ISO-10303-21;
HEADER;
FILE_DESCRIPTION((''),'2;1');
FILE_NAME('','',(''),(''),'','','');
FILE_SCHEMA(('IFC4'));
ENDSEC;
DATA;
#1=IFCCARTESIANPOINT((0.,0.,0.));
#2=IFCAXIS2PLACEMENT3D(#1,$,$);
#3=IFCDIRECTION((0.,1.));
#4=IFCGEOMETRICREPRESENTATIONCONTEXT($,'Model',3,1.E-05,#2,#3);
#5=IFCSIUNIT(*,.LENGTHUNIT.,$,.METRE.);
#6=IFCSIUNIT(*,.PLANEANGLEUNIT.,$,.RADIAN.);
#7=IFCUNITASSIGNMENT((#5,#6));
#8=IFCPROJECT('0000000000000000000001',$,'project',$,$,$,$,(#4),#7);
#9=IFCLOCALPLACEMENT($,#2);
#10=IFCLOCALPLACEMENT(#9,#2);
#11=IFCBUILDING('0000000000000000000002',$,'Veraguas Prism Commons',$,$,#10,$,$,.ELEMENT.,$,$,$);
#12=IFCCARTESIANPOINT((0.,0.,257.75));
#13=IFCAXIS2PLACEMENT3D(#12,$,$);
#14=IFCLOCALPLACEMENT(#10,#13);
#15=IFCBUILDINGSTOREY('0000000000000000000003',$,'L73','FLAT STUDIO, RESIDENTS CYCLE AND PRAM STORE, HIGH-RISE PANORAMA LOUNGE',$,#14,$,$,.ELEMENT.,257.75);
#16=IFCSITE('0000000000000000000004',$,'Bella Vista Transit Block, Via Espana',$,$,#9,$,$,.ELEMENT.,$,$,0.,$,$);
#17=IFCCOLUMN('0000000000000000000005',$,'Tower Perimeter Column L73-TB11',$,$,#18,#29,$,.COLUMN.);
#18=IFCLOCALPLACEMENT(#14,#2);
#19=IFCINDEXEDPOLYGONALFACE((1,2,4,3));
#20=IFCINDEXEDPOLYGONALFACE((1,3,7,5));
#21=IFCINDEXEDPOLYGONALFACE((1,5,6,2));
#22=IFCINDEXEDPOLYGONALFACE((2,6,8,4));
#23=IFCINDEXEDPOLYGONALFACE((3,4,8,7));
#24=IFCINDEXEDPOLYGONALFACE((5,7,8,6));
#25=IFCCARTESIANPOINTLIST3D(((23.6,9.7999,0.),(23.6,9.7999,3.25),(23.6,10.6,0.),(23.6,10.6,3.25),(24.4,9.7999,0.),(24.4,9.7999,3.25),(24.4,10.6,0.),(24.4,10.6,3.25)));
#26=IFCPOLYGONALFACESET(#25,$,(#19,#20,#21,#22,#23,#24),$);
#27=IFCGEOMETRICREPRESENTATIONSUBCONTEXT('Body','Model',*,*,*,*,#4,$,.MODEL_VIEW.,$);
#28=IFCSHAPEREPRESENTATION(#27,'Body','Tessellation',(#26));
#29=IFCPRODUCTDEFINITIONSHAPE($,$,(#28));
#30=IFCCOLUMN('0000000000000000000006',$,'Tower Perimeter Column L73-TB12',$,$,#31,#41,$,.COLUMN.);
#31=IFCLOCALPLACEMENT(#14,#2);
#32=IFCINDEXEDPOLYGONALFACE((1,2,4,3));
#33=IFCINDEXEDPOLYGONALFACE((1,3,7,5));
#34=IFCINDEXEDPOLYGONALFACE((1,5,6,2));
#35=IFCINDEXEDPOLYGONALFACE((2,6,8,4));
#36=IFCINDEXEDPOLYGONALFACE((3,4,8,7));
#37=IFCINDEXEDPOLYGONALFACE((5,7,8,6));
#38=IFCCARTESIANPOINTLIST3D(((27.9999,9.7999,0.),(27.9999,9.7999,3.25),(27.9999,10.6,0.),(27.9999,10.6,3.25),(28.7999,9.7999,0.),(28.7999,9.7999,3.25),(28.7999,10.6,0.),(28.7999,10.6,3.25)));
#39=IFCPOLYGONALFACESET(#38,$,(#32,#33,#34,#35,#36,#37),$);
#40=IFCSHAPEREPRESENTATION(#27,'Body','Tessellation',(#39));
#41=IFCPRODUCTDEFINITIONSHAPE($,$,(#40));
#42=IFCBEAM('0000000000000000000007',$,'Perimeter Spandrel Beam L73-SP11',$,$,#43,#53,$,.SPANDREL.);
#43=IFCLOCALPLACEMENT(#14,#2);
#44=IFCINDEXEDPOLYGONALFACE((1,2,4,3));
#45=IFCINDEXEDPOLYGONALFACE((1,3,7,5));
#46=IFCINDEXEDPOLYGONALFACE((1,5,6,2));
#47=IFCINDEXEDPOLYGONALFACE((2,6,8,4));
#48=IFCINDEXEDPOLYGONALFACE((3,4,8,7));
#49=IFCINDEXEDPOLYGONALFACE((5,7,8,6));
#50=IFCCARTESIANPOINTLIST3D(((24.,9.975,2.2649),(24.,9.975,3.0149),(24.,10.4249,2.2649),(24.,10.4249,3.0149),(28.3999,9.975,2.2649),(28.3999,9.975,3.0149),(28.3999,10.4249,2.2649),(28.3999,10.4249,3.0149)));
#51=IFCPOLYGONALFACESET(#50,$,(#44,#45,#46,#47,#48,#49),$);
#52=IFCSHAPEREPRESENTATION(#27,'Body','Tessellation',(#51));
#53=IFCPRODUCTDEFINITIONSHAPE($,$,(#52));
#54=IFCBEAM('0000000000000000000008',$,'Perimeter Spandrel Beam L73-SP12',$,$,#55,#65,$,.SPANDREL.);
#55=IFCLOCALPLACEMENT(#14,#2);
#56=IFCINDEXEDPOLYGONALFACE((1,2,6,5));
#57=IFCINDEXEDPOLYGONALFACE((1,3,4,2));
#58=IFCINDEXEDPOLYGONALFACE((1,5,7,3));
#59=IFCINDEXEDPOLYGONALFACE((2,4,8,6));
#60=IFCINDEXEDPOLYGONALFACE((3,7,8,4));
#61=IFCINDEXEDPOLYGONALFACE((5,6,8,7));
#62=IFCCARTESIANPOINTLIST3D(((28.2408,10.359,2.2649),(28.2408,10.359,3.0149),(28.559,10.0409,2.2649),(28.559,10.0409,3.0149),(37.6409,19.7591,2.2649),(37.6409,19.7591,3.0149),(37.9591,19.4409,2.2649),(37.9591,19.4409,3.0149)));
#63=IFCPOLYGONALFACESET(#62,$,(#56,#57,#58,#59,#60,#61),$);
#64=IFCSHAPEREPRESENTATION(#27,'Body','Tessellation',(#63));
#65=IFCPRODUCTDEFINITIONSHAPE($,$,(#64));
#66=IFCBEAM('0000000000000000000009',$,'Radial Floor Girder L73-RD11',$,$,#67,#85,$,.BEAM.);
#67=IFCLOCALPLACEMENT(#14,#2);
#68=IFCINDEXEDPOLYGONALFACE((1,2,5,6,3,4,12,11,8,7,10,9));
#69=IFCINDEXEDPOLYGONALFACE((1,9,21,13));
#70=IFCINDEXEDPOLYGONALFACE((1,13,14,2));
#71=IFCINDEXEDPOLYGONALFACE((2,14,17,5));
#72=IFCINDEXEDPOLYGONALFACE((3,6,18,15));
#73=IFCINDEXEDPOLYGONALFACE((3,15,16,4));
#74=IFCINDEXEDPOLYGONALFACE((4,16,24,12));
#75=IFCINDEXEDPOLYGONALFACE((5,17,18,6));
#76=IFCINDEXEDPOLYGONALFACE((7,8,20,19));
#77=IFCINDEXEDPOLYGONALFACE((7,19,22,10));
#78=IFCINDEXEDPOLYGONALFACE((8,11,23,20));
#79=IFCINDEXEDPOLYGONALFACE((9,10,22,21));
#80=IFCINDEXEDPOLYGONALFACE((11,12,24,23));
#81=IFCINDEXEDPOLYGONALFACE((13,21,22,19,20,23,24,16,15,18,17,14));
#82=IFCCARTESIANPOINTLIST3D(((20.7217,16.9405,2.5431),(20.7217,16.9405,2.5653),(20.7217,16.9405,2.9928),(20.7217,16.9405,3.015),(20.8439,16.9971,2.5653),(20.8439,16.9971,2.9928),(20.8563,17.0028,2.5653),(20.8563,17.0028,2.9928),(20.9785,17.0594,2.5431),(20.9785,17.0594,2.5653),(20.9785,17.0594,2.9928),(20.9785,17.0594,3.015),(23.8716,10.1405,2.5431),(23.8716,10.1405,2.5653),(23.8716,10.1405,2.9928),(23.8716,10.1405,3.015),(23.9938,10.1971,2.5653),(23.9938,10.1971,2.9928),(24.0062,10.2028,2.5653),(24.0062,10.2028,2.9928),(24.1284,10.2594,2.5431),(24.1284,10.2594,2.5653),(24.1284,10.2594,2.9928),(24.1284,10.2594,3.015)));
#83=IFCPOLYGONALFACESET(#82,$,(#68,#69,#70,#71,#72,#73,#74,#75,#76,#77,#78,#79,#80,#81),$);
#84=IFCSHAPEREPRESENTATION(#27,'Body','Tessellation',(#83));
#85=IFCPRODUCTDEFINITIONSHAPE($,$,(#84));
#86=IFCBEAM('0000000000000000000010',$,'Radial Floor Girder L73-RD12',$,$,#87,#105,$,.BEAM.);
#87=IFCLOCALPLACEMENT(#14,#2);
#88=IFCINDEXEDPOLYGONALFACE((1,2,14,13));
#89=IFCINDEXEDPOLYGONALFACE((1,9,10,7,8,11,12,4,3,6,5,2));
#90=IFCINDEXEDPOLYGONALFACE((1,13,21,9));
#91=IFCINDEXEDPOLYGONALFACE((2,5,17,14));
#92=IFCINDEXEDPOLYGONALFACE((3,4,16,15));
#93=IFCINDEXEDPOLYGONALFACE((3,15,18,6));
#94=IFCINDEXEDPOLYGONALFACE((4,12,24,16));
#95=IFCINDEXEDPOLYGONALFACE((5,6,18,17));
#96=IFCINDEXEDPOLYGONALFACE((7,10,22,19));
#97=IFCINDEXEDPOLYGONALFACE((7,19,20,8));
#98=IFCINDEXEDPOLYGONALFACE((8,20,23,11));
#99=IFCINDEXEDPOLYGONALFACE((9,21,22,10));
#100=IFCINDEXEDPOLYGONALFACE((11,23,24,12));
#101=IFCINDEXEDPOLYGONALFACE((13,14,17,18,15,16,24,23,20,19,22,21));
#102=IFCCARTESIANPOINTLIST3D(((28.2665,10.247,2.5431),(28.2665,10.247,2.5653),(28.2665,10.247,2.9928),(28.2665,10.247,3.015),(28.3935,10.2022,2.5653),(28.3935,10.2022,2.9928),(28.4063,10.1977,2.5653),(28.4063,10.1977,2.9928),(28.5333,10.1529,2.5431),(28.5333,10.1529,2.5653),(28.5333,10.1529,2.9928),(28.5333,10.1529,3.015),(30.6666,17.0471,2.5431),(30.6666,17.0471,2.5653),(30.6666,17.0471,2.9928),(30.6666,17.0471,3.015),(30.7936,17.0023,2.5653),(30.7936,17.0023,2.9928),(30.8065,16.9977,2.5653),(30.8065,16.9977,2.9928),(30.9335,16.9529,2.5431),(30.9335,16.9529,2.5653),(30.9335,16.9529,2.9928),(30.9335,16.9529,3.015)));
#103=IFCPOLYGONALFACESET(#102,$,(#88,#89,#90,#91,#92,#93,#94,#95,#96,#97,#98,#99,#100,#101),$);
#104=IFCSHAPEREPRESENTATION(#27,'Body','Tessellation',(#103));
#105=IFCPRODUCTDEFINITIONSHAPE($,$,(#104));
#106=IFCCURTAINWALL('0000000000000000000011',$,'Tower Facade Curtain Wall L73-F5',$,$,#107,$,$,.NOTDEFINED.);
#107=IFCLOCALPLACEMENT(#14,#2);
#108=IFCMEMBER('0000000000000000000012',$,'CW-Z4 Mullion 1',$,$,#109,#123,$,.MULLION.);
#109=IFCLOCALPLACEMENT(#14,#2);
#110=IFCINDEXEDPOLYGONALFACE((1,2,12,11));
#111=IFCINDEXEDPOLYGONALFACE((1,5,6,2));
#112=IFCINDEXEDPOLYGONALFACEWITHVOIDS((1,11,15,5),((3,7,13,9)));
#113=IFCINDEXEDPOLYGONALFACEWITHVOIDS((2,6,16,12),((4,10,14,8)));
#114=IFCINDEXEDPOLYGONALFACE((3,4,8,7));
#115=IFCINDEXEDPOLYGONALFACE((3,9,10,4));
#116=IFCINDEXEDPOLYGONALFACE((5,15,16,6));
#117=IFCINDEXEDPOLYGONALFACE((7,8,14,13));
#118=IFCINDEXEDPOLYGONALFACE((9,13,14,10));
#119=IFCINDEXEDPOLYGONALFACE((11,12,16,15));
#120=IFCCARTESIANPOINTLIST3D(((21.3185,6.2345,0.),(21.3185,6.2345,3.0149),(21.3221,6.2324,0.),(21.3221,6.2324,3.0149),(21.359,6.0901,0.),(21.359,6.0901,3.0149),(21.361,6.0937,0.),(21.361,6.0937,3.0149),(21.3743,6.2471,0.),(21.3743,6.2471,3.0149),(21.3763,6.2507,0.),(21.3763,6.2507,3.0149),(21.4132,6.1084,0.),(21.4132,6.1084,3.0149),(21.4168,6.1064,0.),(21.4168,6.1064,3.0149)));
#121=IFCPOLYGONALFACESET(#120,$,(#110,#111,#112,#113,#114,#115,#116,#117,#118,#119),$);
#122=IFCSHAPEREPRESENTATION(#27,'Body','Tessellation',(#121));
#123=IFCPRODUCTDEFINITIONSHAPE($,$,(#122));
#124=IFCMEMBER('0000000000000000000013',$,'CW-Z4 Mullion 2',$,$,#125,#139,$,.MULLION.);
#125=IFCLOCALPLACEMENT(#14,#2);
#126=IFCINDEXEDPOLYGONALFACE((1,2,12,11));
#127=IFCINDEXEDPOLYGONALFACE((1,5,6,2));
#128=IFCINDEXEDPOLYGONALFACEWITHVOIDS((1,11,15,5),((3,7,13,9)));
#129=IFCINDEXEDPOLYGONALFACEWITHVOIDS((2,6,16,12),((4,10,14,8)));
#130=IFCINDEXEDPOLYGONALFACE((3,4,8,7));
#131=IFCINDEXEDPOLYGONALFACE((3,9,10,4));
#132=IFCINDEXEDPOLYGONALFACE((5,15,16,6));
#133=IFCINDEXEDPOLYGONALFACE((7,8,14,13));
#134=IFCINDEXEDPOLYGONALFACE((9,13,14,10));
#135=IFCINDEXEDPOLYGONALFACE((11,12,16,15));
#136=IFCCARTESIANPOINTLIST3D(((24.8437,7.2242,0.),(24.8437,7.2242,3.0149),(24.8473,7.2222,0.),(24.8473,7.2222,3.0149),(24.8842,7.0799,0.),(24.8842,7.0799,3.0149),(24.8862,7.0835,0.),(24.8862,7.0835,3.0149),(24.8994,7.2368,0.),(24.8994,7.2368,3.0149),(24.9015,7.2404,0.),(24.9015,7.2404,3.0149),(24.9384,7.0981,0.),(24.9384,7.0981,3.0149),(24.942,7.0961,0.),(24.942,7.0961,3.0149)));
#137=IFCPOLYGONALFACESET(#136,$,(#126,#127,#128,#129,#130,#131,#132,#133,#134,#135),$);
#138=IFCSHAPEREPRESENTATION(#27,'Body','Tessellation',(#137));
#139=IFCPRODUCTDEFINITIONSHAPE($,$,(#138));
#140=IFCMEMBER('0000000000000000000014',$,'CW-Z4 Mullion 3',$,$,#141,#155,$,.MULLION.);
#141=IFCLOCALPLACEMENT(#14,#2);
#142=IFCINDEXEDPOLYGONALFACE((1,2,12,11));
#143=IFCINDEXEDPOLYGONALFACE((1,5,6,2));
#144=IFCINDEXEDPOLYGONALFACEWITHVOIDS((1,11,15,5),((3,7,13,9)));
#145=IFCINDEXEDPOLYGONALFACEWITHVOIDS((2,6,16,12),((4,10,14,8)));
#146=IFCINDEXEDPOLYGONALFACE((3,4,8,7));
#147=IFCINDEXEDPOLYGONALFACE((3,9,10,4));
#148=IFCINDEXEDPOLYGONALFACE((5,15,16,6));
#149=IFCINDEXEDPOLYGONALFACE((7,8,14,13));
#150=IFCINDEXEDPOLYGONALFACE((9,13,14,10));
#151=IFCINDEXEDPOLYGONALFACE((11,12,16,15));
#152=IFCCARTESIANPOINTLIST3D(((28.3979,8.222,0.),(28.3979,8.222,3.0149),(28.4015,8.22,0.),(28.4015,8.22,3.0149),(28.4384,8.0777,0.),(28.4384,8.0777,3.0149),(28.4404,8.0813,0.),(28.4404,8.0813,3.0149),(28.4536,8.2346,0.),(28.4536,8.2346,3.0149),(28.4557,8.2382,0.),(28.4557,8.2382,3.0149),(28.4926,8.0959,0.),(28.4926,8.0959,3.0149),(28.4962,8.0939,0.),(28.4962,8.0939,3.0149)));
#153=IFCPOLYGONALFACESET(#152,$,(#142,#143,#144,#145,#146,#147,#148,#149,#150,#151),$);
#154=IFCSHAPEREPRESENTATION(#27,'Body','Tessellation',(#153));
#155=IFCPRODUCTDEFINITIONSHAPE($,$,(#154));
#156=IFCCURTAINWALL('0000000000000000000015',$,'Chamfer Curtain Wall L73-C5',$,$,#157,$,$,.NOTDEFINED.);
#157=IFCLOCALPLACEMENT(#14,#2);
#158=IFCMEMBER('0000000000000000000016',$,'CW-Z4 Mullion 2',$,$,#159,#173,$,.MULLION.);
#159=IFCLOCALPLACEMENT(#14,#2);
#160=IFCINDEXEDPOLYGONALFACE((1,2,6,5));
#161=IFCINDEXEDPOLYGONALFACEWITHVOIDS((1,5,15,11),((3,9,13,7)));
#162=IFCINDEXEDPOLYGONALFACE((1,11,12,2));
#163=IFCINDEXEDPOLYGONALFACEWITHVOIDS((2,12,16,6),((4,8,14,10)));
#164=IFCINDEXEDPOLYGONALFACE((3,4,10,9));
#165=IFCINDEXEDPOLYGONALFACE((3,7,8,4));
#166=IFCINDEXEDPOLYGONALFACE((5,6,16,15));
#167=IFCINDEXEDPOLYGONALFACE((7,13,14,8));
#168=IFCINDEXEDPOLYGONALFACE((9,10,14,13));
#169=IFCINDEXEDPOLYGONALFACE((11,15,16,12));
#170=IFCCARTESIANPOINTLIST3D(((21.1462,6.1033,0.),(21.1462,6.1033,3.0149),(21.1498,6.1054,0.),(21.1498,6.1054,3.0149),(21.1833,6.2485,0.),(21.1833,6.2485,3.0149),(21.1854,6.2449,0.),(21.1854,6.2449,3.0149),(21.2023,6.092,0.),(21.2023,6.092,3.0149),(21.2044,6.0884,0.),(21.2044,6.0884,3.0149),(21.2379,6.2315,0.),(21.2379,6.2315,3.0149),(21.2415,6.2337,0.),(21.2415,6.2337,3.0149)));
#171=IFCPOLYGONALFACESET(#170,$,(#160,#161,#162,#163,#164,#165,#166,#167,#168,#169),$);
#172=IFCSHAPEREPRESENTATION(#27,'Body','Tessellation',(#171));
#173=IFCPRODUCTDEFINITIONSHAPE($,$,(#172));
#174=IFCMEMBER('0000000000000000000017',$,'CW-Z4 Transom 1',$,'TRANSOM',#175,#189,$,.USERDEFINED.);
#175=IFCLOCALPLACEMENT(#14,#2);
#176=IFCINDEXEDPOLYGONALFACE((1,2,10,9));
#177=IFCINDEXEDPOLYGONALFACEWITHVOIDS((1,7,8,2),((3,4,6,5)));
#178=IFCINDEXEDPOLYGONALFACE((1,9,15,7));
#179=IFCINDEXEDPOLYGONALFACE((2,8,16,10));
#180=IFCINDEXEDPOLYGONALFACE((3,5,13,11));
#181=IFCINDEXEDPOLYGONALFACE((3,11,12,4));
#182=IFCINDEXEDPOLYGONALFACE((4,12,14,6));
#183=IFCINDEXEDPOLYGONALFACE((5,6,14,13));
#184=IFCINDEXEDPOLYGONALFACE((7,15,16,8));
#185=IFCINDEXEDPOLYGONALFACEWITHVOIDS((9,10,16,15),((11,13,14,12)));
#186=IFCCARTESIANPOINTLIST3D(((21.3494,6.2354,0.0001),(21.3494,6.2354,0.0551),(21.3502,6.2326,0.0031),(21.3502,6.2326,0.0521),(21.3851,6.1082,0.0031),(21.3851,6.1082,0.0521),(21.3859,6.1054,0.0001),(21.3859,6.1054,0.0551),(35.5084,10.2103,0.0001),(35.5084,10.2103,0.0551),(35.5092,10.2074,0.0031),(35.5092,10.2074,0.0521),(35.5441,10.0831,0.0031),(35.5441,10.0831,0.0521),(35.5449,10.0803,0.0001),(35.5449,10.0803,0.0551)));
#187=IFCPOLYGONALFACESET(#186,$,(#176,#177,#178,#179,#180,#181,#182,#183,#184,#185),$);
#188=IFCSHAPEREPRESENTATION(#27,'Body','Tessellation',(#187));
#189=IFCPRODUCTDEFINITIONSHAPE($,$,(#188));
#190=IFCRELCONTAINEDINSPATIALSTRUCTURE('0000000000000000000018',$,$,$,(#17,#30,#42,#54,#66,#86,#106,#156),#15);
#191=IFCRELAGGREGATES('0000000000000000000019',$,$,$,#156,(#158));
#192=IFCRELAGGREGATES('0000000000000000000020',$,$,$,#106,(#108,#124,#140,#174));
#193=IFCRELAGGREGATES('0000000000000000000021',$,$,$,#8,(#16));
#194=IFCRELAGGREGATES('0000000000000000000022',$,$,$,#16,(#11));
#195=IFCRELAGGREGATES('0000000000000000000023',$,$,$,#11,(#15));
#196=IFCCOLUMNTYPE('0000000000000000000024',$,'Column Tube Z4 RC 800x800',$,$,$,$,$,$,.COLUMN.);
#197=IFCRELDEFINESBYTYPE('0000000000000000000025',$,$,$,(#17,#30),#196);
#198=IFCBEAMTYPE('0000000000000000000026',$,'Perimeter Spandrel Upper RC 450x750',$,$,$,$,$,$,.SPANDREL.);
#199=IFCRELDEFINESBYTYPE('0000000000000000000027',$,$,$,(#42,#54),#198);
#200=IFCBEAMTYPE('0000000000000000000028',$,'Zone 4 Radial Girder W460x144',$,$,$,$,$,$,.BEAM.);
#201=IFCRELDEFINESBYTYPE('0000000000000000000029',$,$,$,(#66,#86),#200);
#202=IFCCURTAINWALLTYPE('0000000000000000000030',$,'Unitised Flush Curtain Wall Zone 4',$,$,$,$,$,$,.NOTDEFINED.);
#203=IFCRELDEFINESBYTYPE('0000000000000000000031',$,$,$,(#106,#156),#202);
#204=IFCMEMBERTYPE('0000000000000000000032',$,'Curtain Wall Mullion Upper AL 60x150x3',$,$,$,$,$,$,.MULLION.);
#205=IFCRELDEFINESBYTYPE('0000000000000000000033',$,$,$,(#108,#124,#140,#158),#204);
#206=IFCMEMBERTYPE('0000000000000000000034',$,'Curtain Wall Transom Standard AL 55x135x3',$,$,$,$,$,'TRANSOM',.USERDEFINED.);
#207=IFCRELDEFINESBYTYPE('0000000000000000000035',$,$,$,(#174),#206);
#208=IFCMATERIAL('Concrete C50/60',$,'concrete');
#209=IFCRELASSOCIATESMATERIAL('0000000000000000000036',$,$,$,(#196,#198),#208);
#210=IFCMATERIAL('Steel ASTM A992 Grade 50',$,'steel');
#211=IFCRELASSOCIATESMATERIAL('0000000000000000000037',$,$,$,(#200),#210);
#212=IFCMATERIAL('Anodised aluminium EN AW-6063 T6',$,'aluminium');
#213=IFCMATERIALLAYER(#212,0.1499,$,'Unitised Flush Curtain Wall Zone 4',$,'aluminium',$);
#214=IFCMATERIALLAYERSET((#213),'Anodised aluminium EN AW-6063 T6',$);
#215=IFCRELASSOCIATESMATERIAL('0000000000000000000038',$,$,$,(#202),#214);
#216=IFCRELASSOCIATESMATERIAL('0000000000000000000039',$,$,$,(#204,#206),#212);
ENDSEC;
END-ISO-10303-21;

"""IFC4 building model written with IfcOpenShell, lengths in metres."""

from ifc_helpers import new_model, si_unit, direction, frame, origin, origin_2d, place, context, subcontext, project, spatial, rectangle, hollow_rectangle, i_section, extrude, source, transform, mapped, material, layer, layer_set, material_profile, profile_set, type_object, element, aggregate, save


model = new_model("IFC4")

# Units and contexts
model_context = context("Model", 3, precision=1e-05, world=origin(), true_north=direction((0.0, 1.0)))
body_context = subcontext(model_context, "Body", "Model", "MODEL_VIEW")
ifc_project = project(units=[si_unit("LENGTHUNIT", "METRE"), si_unit("PLANEANGLEUNIT", "RADIAN")], contexts=[model_context])

# Site, building, storey
site_placement = place(None, origin())
site = spatial("IfcSite", under=ifc_project, at=site_placement, Name="Bella Vista Transit Block, Via Espana", CompositionType="ELEMENT", RefElevation=0.0)
building_placement = place(site_placement, origin())
building = spatial("IfcBuilding", under=site, at=building_placement, Name="Veraguas Prism Commons", CompositionType="ELEMENT")
storey_placement = place(building_placement, frame((0.0, 0.0, 257.75)))
storey = spatial("IfcBuildingStorey", under=building, at=storey_placement, Name="L73", Description="FLAT STUDIO, RESIDENTS CYCLE AND PRAM STORE, HIGH-RISE PANORAMA LOUNGE", CompositionType="ELEMENT", Elevation=257.75)

# Columns
ifc_material_1 = material(Name="Concrete C50/60", Category="concrete")
ifc_material_profile_1 = material_profile(ifc_material_1, rectangle(XDim=0.8, YDim=0.8, at=origin_2d()), Name="RC800X800")
ifc_profile_set_1 = profile_set([ifc_material_profile_1], Name="Concrete C50/60")
column_type = type_object("IfcColumnType", Name="Column Tube Z4 RC 800x800", PredefinedType="COLUMN", material=ifc_profile_set_1)
for number, where, z_axis, x_axis, name in (
    (1, (24.0, 10.2, 0.0), (0.0, 0.0, 1.0), (1.0, 0.0, 0.0), "Tower Perimeter Column L73-TB11"),
    (2, (28.3999, 10.2, 0.0), (0.0, 0.0, 1.0), (1.0, 0.0, 0.0), "Tower Perimeter Column L73-TB12"),
):
    element("IfcColumn", number, at=place(storey_placement, frame(where, z_axis=z_axis, x_axis=x_axis)), inside=storey, type_object=column_type, Name=name, PredefinedType="COLUMN", context=body_context, shape_type="SweptSolid", body=[
        extrude(rectangle(XDim=0.8, YDim=0.8, at=origin_2d()), origin(), (0.0, 0.0, 1.0), 3.25),
    ])

# Beams
ifc_material_profile_2 = material_profile(ifc_material_1, rectangle(XDim=0.45, YDim=0.75, at=origin_2d()), Name="RC450X750")
ifc_profile_set_2 = profile_set([ifc_material_profile_2], Name="Concrete C50/60")
beam_type_1 = type_object("IfcBeamType", Name="Perimeter Spandrel Upper RC 450x750", PredefinedType="SPANDREL", material=ifc_profile_set_2)
beam_1_placement = place(storey_placement, frame((24.0, 10.2, 2.6399), z_axis=(1.0, 0.0, 0.0), x_axis=(0.0, 1.0, 0.0)))
element("IfcBeam", 3, at=beam_1_placement, inside=storey, type_object=beam_type_1, Name="Perimeter Spandrel Beam L73-SP11", PredefinedType="SPANDREL", context=body_context, shape_type="SweptSolid", body=[
    extrude(rectangle(XDim=0.45, YDim=0.75, at=origin_2d()), origin(), (0.0, 0.0, 1.0), 4.3999),
])
beam_2_placement = place(storey_placement, frame((28.3999, 10.2, 2.6399), z_axis=(0.707107, 0.707107, 0.0), x_axis=(-0.707107, 0.707107, 0.0)))
element("IfcBeam", 4, at=beam_2_placement, inside=storey, type_object=beam_type_1, Name="Perimeter Spandrel Beam L73-SP12", PredefinedType="SPANDREL", context=body_context, shape_type="SweptSolid", body=[
    extrude(rectangle(XDim=0.45, YDim=0.75, at=origin_2d()), origin(), (0.0, 0.0, 1.0), 13.2937),
])
ifc_material_2 = material(Name="Steel ASTM A992 Grade 50", Category="steel")
ifc_material_profile_3 = material_profile(ifc_material_2, i_section(OverallWidth=0.283, OverallDepth=0.4719, WebThickness=0.0137, FlangeThickness=0.0222, at=origin_2d()), Name="W460X144")
ifc_profile_set_3 = profile_set([ifc_material_profile_3], Name="Steel ASTM A992 Grade 50")
beam_type_2 = type_object("IfcBeamType", Name="Zone 4 Radial Girder W460x144", PredefinedType="BEAM", material=ifc_profile_set_3)
beam_3_placement = place(storey_placement, frame((24.0, 10.2, 2.7791), z_axis=(-0.420314, 0.907379, 0.0), x_axis=(-0.907379, -0.420314, 0.0)))
element("IfcBeam", 5, at=beam_3_placement, inside=storey, type_object=beam_type_2, Name="Radial Floor Girder L73-RD11", PredefinedType="BEAM", context=body_context, shape_type="SweptSolid", body=[
    extrude(i_section(OverallWidth=0.283, OverallDepth=0.4719, WebThickness=0.0137, FlangeThickness=0.0222, at=origin_2d()), origin(), (0.0, 0.0, 1.0), 7.4941),
])
beam_4_placement = place(storey_placement, frame((28.3999, 10.2, 2.7791), z_axis=(0.332836, 0.942985, 0.0), x_axis=(-0.942985, 0.332836, 0.0)))
element("IfcBeam", 6, at=beam_4_placement, inside=storey, type_object=beam_type_2, Name="Radial Floor Girder L73-RD12", PredefinedType="BEAM", context=body_context, shape_type="SweptSolid", body=[
    extrude(i_section(OverallWidth=0.283, OverallDepth=0.4719, WebThickness=0.0137, FlangeThickness=0.0222, at=origin_2d()), origin(), (0.0, 0.0, 1.0), 7.2112),
])

# Curtain wall, members
ifc_material_3 = material(Name="Anodised aluminium EN AW-6063 T6", Category="aluminium")
ifc_layer_1 = layer(ifc_material_3, 0.1499, Name="Unitised Flush Curtain Wall Zone 4", Category="aluminium")
ifc_layer_set_1 = layer_set([ifc_layer_1], Name="Anodised aluminium EN AW-6063 T6")
curtain_wall_type = type_object("IfcCurtainWallType", Name="Unitised Flush Curtain Wall Zone 4", PredefinedType="NOTDEFINED", material=ifc_layer_set_1)
curtain_wall_1_placement = place(storey_placement, origin())
curtain_wall_1 = element("IfcCurtainWall", 7, at=curtain_wall_1_placement, inside=storey, type_object=curtain_wall_type, Name="Tower Facade Curtain Wall L73-F5", PredefinedType="NOTDEFINED")
ifc_material_profile_4 = material_profile(ifc_material_3, hollow_rectangle(XDim=0.0601, YDim=0.1499, WallThickness=0.0029, at=origin_2d()), Name="AL60X150X3")
ifc_profile_set_4 = profile_set([ifc_material_profile_4], Name="Anodised aluminium EN AW-6063 T6")
member_type_1 = type_object("IfcMemberType", Name="Curtain Wall Mullion Upper AL 60x150x3", PredefinedType="MULLION", material=ifc_profile_set_4)
shared_shape_1 = source(origin(), body_context, "Body", "SweptSolid", [
    extrude(hollow_rectangle(XDim=0.0601, YDim=0.1499, WallThickness=0.0029, at=origin_2d()), origin(), (0.0, 0.0, 1.0), 3.0149),
])
member_1_placement = place(storey_placement, frame((21.3677, 6.1704, 0.0), z_axis=(0.0, 0.0, 1.0), x_axis=(0.962785, 0.270269, 0.0)))
member_1 = element("IfcMember", 8, at=member_1_placement, type_object=member_type_1, Name="CW-Z4 Mullion 1", PredefinedType="MULLION", context=body_context, shape_type="MappedRepresentation", body=[
    mapped(shared_shape_1, transform((0.0, 0.0, 0.0), scale=1.0)),
])
member_2_placement = place(storey_placement, frame((24.8928, 7.1602, 0.0), z_axis=(0.0, 0.0, 1.0), x_axis=(0.962785, 0.270269, 0.0)))
member_2 = element("IfcMember", 9, at=member_2_placement, type_object=member_type_1, Name="CW-Z4 Mullion 2", PredefinedType="MULLION", context=body_context, shape_type="MappedRepresentation", body=[
    mapped(shared_shape_1, transform((0.0, 0.0, 0.0), scale=1.0)),
])
member_3_placement = place(storey_placement, frame((28.447, 8.158, 0.0), z_axis=(0.0, 0.0, 1.0), x_axis=(0.962785, 0.270269, 0.0)))
member_3 = element("IfcMember", 10, at=member_3_placement, type_object=member_type_1, Name="CW-Z4 Mullion 3", PredefinedType="MULLION", context=body_context, shape_type="MappedRepresentation", body=[
    mapped(shared_shape_1, transform((0.0, 0.0, 0.0), scale=1.0)),
])

# Curtain wall, member
curtain_wall_2_placement = place(storey_placement, origin())
curtain_wall_2 = element("IfcCurtainWall", 11, at=curtain_wall_2_placement, inside=storey, type_object=curtain_wall_type, Name="Chamfer Curtain Wall L73-C5", PredefinedType="NOTDEFINED")
member_4_placement = place(storey_placement, frame((21.1938, 6.1685, 0.0), z_axis=(0.0, 0.0, 1.0), x_axis=(0.968923, -0.247364, 0.0)))
member_4 = element("IfcMember", 12, at=member_4_placement, type_object=member_type_1, Name="CW-Z4 Mullion 2", PredefinedType="MULLION", context=body_context, shape_type="MappedRepresentation", body=[
    mapped(shared_shape_1, transform((0.0, 0.0, 0.0), scale=1.0)),
])
aggregate(curtain_wall_2, [member_4])

# Member
ifc_material_profile_5 = material_profile(ifc_material_3, hollow_rectangle(XDim=0.0549, YDim=0.135, WallThickness=0.0029, at=origin_2d()), Name="AL55X135X3")
ifc_profile_set_5 = profile_set([ifc_material_profile_5], Name="Anodised aluminium EN AW-6063 T6")
member_type_2 = type_object("IfcMemberType", Name="Curtain Wall Transom Standard AL 55x135x3", ElementType="TRANSOM", PredefinedType="USERDEFINED", material=ifc_profile_set_5)
shared_shape_2 = source(origin(), body_context, "Body", "SweptSolid", [
    extrude(hollow_rectangle(XDim=0.0549, YDim=0.135, WallThickness=0.0029, at=origin_2d()), origin(), (0.0, 0.0, 1.0), 14.7063),
])
member_5_placement = place(storey_placement, frame((21.3677, 6.1704, 0.0276), z_axis=(0.962781, 0.270283, 0.0), x_axis=(0.0, 0.0, 1.0)))
member_5 = element("IfcMember", 13, at=member_5_placement, type_object=member_type_2, Name="CW-Z4 Transom 1", ObjectType="TRANSOM", PredefinedType="USERDEFINED", context=body_context, shape_type="MappedRepresentation", body=[
    mapped(shared_shape_2, transform((0.0, 0.0, 0.0), scale=1.0)),
])

aggregate(curtain_wall_1, [member_1, member_2, member_3, member_5])

save(model, "model.ifc")
